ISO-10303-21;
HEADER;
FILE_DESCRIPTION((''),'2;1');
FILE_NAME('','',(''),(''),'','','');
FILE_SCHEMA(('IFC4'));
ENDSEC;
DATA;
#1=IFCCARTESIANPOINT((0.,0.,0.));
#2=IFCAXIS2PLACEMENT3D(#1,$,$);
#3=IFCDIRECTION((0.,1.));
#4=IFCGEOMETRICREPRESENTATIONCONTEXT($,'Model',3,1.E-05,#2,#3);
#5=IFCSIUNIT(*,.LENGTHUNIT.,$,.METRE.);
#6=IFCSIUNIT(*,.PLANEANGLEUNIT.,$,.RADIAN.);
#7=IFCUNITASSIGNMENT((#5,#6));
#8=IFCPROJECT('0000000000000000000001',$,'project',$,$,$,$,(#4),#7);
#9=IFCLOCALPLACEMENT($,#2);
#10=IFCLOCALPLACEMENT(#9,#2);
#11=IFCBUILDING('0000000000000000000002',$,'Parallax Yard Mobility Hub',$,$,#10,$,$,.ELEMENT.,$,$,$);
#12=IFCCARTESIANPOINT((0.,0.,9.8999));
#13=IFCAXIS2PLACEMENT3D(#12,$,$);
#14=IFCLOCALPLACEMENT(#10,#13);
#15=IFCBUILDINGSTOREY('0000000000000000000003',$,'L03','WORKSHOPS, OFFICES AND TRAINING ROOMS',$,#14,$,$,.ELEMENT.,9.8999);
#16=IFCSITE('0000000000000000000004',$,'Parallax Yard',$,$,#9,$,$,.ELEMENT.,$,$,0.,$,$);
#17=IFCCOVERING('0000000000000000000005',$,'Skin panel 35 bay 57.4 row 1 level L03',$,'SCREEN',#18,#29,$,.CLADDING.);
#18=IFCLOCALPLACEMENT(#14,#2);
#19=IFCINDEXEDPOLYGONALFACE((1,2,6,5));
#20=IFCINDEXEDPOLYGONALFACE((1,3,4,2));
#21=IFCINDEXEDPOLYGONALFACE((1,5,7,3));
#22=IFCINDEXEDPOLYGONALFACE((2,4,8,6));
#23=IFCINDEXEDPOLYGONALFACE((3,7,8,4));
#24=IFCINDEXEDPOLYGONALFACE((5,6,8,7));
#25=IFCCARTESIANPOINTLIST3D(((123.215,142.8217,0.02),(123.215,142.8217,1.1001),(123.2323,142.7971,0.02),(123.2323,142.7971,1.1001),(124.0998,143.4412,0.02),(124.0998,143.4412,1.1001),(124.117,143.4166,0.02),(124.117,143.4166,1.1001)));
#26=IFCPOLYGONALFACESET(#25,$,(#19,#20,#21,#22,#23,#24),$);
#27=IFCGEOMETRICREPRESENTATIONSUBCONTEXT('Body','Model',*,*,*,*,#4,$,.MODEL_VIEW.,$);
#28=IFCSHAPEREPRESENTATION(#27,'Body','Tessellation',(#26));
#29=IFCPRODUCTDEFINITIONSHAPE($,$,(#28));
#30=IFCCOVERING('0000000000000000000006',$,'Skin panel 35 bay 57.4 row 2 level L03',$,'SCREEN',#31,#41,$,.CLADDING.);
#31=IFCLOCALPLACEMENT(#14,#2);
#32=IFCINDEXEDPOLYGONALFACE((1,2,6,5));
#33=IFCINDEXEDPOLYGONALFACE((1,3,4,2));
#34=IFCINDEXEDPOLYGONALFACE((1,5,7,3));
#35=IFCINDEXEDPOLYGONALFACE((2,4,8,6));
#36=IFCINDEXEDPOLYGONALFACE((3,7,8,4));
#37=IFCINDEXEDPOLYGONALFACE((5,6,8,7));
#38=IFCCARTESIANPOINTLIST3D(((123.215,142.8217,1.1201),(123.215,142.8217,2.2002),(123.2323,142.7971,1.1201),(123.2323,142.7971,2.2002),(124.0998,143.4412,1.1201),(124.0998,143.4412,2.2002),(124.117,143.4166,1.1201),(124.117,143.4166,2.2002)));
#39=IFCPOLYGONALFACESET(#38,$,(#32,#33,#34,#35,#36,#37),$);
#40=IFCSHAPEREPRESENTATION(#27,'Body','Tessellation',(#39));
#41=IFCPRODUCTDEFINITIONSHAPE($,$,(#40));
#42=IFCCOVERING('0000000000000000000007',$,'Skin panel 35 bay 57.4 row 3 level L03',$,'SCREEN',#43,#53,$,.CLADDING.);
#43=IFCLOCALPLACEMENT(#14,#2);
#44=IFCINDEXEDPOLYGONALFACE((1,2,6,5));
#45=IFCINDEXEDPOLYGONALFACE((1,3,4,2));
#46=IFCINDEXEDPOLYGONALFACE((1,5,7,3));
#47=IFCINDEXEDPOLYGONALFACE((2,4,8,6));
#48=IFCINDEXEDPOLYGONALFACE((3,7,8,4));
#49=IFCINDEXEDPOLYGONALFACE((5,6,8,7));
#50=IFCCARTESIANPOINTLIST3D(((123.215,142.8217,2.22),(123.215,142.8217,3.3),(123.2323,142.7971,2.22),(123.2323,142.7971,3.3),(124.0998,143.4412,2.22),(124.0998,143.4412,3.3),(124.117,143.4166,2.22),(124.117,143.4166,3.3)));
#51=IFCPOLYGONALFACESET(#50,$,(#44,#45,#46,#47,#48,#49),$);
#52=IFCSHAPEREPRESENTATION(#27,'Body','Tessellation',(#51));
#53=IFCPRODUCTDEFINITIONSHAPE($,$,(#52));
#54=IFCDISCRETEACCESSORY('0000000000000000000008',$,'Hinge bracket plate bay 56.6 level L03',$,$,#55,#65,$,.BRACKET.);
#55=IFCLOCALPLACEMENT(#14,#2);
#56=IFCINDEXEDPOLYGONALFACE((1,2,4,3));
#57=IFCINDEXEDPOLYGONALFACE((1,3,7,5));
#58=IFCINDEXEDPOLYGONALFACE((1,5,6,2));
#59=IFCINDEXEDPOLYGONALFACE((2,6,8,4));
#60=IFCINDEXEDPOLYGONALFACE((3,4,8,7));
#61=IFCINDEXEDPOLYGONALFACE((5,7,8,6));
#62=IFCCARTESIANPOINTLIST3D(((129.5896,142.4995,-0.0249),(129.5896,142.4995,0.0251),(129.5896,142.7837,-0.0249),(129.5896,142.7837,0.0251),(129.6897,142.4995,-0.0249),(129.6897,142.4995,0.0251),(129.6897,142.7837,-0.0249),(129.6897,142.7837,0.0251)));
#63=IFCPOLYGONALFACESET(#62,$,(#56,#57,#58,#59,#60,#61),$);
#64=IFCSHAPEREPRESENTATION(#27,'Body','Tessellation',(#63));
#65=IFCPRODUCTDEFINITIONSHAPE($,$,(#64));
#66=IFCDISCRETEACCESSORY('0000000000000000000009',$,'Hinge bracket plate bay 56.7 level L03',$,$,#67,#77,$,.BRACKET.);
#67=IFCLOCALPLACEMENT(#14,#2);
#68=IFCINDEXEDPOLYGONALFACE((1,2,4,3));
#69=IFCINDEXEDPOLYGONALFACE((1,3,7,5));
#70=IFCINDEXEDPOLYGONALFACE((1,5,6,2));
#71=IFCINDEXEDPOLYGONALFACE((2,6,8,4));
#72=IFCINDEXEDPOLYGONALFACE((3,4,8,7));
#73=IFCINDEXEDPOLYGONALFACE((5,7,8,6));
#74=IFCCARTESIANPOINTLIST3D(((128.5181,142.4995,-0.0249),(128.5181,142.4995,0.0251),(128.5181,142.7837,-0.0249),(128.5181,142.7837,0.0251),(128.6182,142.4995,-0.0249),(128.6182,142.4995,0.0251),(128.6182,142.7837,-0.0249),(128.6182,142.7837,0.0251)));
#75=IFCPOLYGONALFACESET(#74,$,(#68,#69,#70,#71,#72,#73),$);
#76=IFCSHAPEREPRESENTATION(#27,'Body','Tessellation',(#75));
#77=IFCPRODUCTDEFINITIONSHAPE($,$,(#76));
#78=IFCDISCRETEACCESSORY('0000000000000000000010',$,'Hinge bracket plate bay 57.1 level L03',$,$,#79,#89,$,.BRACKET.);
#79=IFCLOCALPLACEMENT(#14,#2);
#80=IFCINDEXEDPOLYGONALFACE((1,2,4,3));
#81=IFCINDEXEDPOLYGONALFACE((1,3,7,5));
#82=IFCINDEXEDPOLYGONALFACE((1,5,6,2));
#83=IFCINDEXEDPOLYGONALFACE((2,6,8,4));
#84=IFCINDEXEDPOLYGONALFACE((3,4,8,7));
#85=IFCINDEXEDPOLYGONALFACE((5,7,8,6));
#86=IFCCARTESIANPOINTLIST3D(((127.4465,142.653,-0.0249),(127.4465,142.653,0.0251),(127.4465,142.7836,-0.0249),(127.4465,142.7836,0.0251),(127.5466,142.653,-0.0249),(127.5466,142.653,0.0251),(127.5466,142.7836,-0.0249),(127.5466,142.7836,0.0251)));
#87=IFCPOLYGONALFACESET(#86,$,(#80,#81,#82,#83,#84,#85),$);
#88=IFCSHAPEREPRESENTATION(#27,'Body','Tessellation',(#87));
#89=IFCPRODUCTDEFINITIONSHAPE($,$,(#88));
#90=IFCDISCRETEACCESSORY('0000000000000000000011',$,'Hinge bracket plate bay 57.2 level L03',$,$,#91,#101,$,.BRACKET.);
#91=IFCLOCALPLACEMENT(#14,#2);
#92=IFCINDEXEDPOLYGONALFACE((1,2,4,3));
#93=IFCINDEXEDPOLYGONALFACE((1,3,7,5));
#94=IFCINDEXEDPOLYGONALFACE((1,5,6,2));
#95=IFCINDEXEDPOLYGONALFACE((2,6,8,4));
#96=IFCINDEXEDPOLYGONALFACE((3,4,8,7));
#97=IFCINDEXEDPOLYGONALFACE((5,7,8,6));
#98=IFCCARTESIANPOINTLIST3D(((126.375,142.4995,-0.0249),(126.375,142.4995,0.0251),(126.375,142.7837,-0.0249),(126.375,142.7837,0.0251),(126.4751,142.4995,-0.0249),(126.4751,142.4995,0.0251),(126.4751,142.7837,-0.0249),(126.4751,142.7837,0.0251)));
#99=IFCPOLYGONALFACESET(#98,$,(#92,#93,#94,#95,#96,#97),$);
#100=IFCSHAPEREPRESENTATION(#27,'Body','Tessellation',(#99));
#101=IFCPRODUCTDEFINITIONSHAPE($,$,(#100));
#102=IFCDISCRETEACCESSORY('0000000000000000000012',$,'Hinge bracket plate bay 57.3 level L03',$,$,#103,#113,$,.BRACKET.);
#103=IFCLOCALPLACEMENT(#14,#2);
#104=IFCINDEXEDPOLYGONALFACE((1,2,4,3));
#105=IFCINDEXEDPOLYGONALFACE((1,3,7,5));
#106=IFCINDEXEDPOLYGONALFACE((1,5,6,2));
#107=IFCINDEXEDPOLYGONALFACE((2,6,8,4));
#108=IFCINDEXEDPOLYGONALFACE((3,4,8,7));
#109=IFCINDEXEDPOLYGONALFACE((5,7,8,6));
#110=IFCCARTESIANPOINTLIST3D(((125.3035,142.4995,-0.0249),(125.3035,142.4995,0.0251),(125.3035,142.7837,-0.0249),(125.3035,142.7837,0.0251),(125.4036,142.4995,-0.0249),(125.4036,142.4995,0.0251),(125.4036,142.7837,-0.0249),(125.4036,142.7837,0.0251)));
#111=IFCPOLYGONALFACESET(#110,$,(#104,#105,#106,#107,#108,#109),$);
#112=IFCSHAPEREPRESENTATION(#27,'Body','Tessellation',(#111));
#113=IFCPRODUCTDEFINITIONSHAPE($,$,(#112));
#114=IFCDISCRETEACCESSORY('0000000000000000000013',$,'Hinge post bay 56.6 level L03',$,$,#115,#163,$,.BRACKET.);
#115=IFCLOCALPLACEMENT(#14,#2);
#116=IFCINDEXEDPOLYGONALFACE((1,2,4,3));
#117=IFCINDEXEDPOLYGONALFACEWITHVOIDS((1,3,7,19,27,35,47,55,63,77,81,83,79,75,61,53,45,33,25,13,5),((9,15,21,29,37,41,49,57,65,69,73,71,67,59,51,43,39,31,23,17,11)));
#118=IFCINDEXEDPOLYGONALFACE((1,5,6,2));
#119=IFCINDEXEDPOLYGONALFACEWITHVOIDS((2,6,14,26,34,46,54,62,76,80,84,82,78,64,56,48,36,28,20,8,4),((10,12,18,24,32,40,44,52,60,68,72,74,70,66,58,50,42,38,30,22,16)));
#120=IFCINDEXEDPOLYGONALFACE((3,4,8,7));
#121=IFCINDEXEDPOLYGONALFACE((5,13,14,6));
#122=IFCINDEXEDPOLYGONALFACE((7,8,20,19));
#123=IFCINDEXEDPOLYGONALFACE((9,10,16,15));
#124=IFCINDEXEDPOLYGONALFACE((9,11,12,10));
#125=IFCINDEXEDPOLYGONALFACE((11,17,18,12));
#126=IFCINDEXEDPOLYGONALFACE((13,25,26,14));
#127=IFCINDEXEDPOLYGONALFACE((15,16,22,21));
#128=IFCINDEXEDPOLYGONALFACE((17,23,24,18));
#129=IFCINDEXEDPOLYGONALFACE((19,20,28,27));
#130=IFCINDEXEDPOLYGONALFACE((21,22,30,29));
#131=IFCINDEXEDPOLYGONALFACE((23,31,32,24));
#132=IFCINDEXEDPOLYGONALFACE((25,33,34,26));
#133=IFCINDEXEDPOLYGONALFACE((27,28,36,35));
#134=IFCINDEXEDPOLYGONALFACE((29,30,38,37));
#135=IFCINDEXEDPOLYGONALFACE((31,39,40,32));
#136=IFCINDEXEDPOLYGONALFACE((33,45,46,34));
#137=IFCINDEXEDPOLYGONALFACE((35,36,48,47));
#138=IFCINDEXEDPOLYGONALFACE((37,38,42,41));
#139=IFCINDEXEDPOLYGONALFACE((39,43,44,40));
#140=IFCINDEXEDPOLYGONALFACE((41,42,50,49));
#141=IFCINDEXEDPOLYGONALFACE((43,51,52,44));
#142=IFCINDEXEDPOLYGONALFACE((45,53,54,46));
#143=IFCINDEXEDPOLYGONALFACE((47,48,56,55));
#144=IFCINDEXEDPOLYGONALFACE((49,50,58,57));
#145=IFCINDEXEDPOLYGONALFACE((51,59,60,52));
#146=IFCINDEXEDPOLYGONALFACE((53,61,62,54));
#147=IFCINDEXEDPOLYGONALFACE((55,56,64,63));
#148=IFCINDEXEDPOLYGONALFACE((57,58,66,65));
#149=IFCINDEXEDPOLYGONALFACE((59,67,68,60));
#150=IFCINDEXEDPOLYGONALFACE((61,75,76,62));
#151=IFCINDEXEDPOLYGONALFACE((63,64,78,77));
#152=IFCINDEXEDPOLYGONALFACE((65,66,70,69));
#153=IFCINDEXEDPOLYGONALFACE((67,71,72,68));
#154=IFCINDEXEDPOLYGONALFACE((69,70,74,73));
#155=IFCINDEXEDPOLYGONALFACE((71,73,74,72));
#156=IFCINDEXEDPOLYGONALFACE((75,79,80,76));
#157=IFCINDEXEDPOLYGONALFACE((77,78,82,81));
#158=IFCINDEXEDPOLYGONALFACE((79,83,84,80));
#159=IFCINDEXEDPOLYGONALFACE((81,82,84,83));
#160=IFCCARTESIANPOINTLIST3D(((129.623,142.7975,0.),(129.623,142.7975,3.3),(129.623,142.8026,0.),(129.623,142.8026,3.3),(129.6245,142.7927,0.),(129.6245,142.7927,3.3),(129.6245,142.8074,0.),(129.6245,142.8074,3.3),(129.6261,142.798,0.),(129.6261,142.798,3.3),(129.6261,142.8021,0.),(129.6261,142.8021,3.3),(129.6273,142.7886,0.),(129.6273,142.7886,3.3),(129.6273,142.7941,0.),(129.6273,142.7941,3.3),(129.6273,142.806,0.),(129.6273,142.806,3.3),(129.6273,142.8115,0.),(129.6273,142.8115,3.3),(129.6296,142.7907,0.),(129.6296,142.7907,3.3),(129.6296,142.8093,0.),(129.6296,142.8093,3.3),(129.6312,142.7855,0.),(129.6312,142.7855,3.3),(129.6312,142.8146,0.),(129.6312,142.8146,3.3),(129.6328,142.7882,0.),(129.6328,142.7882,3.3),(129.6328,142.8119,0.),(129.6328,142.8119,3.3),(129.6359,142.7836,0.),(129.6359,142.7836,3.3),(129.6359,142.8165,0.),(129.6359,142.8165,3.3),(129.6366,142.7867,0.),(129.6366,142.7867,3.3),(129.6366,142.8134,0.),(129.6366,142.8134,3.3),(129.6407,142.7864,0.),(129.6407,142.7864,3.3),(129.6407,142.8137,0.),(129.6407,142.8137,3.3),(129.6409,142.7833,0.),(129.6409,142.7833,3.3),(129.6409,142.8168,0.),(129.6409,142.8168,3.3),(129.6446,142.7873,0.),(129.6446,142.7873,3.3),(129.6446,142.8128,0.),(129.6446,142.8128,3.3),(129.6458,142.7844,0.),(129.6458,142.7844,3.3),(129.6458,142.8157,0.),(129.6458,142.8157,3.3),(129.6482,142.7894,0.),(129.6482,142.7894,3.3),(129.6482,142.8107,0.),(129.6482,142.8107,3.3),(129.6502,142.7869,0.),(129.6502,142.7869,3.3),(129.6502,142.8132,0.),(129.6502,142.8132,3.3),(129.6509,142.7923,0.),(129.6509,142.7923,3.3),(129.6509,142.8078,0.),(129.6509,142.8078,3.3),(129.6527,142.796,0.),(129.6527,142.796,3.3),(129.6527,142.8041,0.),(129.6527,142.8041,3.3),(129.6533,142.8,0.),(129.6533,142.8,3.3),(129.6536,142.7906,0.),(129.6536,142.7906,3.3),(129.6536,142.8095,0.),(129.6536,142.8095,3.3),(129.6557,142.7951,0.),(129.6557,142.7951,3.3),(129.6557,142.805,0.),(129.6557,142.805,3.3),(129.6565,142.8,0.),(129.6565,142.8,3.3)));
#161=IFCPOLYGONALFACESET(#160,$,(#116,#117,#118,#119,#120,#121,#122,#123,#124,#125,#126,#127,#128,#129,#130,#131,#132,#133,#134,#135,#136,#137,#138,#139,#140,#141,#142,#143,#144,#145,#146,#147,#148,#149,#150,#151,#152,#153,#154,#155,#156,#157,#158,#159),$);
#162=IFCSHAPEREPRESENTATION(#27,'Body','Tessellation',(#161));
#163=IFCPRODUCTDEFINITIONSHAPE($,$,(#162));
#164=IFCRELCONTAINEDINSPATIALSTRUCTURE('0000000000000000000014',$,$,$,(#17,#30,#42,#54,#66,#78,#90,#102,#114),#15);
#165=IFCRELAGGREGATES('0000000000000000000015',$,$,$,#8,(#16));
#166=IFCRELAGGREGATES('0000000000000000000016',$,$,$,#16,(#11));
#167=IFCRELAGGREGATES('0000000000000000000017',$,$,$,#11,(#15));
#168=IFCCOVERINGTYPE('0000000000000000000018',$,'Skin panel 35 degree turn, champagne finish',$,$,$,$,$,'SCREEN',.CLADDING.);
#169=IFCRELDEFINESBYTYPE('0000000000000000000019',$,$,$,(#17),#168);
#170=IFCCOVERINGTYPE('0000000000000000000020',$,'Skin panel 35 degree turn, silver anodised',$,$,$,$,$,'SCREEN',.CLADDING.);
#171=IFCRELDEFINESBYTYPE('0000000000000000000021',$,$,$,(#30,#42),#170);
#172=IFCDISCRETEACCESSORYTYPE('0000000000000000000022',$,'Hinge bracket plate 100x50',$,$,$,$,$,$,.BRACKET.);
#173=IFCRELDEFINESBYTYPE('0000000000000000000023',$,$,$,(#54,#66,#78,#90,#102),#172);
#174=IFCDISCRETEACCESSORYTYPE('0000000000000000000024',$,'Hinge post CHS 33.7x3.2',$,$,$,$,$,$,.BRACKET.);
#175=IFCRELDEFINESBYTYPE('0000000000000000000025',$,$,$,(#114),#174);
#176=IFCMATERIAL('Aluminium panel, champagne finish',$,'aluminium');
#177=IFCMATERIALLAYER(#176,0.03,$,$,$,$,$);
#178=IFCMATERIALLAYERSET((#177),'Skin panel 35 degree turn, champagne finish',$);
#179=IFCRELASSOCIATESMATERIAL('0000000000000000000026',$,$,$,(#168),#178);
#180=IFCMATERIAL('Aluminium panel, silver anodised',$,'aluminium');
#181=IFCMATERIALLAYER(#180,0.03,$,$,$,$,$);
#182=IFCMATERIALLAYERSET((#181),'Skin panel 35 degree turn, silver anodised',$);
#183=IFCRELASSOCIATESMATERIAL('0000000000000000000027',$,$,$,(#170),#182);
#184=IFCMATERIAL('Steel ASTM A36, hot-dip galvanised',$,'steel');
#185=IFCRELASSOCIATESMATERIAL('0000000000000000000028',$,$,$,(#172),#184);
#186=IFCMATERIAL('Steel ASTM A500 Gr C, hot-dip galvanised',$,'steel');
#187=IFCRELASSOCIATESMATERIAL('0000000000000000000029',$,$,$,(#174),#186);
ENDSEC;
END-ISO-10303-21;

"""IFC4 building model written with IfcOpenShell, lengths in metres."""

from ifc_helpers import new_model, si_unit, direction, frame, origin, origin_2d, place, context, subcontext, project, spatial, rectangle, hollow_circle, extrude, material, layer, layer_set, material_profile, profile_set, type_object, element, save


model = new_model("IFC4")

# Units and contexts
model_context = context("Model", 3, precision=1e-05, world=origin(), true_north=direction((0.0, 1.0)))
body_context = subcontext(model_context, "Body", "Model", "MODEL_VIEW")
ifc_project = project(units=[si_unit("LENGTHUNIT", "METRE"), si_unit("PLANEANGLEUNIT", "RADIAN")], contexts=[model_context])

# Site, building, storey
site_placement = place(None, origin())
site = spatial("IfcSite", under=ifc_project, at=site_placement, Name="Parallax Yard", CompositionType="ELEMENT", RefElevation=0.0)
building_placement = place(site_placement, origin())
building = spatial("IfcBuilding", under=site, at=building_placement, Name="Parallax Yard Mobility Hub", CompositionType="ELEMENT")
storey_placement = place(building_placement, frame((0.0, 0.0, 9.8999)))
storey = spatial("IfcBuildingStorey", under=building, at=storey_placement, Name="L03", Description="WORKSHOPS, OFFICES AND TRAINING ROOMS", CompositionType="ELEMENT", Elevation=9.8999)

# Coverings
ifc_material_1 = material(Name="Aluminium panel, champagne finish", Category="aluminium")
ifc_material_2 = material(Name="Aluminium panel, silver anodised", Category="aluminium")
ifc_layer_1 = layer(ifc_material_1, 0.03)
ifc_layer_set_1 = layer_set([ifc_layer_1], Name="Skin panel 35 degree turn, champagne finish")
covering_type_1 = type_object("IfcCoveringType", Name="Skin panel 35 degree turn, champagne finish", ElementType="SCREEN", PredefinedType="CLADDING", material=ifc_layer_set_1)
covering_1_placement = place(storey_placement, frame((123.666, 143.1191, 0.02), z_axis=(0.0, 0.0, 1.0), x_axis=(0.819152, 0.573576, 0.0)))
element("IfcCovering", 1, at=covering_1_placement, inside=storey, type_object=covering_type_1, Name="Skin panel 35 bay 57.4 row 1 level L03", ObjectType="SCREEN", PredefinedType="CLADDING", context=body_context, shape_type="SweptSolid", body=[
    extrude(rectangle(XDim=1.0801, YDim=0.03, at=origin_2d()), origin(), (0.0, 0.0, 1.0), 1.0801),
])
ifc_layer_2 = layer(ifc_material_2, 0.03)
ifc_layer_set_2 = layer_set([ifc_layer_2], Name="Skin panel 35 degree turn, silver anodised")
covering_type_2 = type_object("IfcCoveringType", Name="Skin panel 35 degree turn, silver anodised", ElementType="SCREEN", PredefinedType="CLADDING", material=ifc_layer_set_2)
for number, where, z_axis, x_axis, name in (
    (2, (123.666, 143.1191, 1.1201), (0.0, 0.0, 1.0), (0.819152, 0.573576, 0.0), "Skin panel 35 bay 57.4 row 2 level L03"),
    (3, (123.666, 143.1191, 2.22), (0.0, 0.0, 1.0), (0.819152, 0.573576, 0.0), "Skin panel 35 bay 57.4 row 3 level L03"),
):
    element("IfcCovering", number, at=place(storey_placement, frame(where, z_axis=z_axis, x_axis=x_axis)), inside=storey, type_object=covering_type_2, Name=name, ObjectType="SCREEN", PredefinedType="CLADDING", context=body_context, shape_type="SweptSolid", body=[
        extrude(rectangle(XDim=1.0801, YDim=0.03, at=origin_2d()), origin(), (0.0, 0.0, 1.0), 1.0801),
    ])

# Discrete accessories
ifc_material_3 = material(Name="Steel ASTM A36, hot-dip galvanised", Category="steel")
discrete_accessory_type_1 = type_object("IfcDiscreteAccessoryType", Name="Hinge bracket plate 100x50", PredefinedType="BRACKET", material=ifc_material_3)
for number, where, z_axis, x_axis, name in (
    (4, (129.6396, 142.6416, -0.0249), (0.0, 0.0, 1.0), (0.0, 1.0, 0.0), "Hinge bracket plate bay 56.6 level L03"),
    (5, (128.5681, 142.6416, -0.0249), (0.0, 0.0, 1.0), (0.0, 1.0, 0.0), "Hinge bracket plate bay 56.7 level L03"),
):
    element("IfcDiscreteAccessory", number, at=place(storey_placement, frame(where, z_axis=z_axis, x_axis=x_axis)), inside=storey, type_object=discrete_accessory_type_1, Name=name, PredefinedType="BRACKET", context=body_context, shape_type="SweptSolid", body=[
        extrude(rectangle(XDim=0.2842, YDim=0.1001, at=origin_2d()), origin(), (0.0, 0.0, 1.0), 0.05),
    ])
discrete_accessory_placement = place(storey_placement, frame((127.4966, 142.7183, -0.0249), z_axis=(0.0, 0.0, 1.0), x_axis=(0.0, 1.0, 0.0)))
element("IfcDiscreteAccessory", 6, at=discrete_accessory_placement, inside=storey, type_object=discrete_accessory_type_1, Name="Hinge bracket plate bay 57.1 level L03", PredefinedType="BRACKET", context=body_context, shape_type="SweptSolid", body=[
    extrude(rectangle(XDim=0.1306, YDim=0.1001, at=origin_2d()), origin(), (0.0, 0.0, 1.0), 0.05),
])
for number, where, z_axis, x_axis, name in (
    (7, (126.425, 142.6416, -0.0249), (0.0, 0.0, 1.0), (0.0, 1.0, 0.0), "Hinge bracket plate bay 57.2 level L03"),
    (8, (125.3535, 142.6416, -0.0249), (0.0, 0.0, 1.0), (0.0, 1.0, 0.0), "Hinge bracket plate bay 57.3 level L03"),
):
    element("IfcDiscreteAccessory", number, at=place(storey_placement, frame(where, z_axis=z_axis, x_axis=x_axis)), inside=storey, type_object=discrete_accessory_type_1, Name=name, PredefinedType="BRACKET", context=body_context, shape_type="SweptSolid", body=[
        extrude(rectangle(XDim=0.2842, YDim=0.1001, at=origin_2d()), origin(), (0.0, 0.0, 1.0), 0.05),
    ])
ifc_material_4 = material(Name="Steel ASTM A500 Gr C, hot-dip galvanised", Category="steel")
ifc_material_profile = material_profile(ifc_material_4, hollow_circle(Radius=0.0168, WallThickness=0.0032, at=origin_2d()), Name="CHS 33.7x3.2")
ifc_profile_set = profile_set([ifc_material_profile], Name="Steel ASTM A500 Gr C, hot-dip galvanised")
discrete_accessory_type_2 = type_object("IfcDiscreteAccessoryType", Name="Hinge post CHS 33.7x3.2", PredefinedType="BRACKET", material=ifc_profile_set)
for number, where, z_axis, x_axis, name in (
    (9, (129.6396, 142.8, 0.0), (0.0, 0.0, 1.0), (1.0, 0.0, 0.0), "Hinge post bay 56.6 level L03"),
):
    element("IfcDiscreteAccessory", number, at=place(storey_placement, frame(where, z_axis=z_axis, x_axis=x_axis)), inside=storey, type_object=discrete_accessory_type_2, Name=name, PredefinedType="BRACKET", context=body_context, shape_type="SweptSolid", body=[
        extrude(hollow_circle(Radius=0.0168, WallThickness=0.0032, at=origin_2d()), origin(), (0.0, 0.0, 1.0), 3.3),
    ])

save(model, "model.ifc")
